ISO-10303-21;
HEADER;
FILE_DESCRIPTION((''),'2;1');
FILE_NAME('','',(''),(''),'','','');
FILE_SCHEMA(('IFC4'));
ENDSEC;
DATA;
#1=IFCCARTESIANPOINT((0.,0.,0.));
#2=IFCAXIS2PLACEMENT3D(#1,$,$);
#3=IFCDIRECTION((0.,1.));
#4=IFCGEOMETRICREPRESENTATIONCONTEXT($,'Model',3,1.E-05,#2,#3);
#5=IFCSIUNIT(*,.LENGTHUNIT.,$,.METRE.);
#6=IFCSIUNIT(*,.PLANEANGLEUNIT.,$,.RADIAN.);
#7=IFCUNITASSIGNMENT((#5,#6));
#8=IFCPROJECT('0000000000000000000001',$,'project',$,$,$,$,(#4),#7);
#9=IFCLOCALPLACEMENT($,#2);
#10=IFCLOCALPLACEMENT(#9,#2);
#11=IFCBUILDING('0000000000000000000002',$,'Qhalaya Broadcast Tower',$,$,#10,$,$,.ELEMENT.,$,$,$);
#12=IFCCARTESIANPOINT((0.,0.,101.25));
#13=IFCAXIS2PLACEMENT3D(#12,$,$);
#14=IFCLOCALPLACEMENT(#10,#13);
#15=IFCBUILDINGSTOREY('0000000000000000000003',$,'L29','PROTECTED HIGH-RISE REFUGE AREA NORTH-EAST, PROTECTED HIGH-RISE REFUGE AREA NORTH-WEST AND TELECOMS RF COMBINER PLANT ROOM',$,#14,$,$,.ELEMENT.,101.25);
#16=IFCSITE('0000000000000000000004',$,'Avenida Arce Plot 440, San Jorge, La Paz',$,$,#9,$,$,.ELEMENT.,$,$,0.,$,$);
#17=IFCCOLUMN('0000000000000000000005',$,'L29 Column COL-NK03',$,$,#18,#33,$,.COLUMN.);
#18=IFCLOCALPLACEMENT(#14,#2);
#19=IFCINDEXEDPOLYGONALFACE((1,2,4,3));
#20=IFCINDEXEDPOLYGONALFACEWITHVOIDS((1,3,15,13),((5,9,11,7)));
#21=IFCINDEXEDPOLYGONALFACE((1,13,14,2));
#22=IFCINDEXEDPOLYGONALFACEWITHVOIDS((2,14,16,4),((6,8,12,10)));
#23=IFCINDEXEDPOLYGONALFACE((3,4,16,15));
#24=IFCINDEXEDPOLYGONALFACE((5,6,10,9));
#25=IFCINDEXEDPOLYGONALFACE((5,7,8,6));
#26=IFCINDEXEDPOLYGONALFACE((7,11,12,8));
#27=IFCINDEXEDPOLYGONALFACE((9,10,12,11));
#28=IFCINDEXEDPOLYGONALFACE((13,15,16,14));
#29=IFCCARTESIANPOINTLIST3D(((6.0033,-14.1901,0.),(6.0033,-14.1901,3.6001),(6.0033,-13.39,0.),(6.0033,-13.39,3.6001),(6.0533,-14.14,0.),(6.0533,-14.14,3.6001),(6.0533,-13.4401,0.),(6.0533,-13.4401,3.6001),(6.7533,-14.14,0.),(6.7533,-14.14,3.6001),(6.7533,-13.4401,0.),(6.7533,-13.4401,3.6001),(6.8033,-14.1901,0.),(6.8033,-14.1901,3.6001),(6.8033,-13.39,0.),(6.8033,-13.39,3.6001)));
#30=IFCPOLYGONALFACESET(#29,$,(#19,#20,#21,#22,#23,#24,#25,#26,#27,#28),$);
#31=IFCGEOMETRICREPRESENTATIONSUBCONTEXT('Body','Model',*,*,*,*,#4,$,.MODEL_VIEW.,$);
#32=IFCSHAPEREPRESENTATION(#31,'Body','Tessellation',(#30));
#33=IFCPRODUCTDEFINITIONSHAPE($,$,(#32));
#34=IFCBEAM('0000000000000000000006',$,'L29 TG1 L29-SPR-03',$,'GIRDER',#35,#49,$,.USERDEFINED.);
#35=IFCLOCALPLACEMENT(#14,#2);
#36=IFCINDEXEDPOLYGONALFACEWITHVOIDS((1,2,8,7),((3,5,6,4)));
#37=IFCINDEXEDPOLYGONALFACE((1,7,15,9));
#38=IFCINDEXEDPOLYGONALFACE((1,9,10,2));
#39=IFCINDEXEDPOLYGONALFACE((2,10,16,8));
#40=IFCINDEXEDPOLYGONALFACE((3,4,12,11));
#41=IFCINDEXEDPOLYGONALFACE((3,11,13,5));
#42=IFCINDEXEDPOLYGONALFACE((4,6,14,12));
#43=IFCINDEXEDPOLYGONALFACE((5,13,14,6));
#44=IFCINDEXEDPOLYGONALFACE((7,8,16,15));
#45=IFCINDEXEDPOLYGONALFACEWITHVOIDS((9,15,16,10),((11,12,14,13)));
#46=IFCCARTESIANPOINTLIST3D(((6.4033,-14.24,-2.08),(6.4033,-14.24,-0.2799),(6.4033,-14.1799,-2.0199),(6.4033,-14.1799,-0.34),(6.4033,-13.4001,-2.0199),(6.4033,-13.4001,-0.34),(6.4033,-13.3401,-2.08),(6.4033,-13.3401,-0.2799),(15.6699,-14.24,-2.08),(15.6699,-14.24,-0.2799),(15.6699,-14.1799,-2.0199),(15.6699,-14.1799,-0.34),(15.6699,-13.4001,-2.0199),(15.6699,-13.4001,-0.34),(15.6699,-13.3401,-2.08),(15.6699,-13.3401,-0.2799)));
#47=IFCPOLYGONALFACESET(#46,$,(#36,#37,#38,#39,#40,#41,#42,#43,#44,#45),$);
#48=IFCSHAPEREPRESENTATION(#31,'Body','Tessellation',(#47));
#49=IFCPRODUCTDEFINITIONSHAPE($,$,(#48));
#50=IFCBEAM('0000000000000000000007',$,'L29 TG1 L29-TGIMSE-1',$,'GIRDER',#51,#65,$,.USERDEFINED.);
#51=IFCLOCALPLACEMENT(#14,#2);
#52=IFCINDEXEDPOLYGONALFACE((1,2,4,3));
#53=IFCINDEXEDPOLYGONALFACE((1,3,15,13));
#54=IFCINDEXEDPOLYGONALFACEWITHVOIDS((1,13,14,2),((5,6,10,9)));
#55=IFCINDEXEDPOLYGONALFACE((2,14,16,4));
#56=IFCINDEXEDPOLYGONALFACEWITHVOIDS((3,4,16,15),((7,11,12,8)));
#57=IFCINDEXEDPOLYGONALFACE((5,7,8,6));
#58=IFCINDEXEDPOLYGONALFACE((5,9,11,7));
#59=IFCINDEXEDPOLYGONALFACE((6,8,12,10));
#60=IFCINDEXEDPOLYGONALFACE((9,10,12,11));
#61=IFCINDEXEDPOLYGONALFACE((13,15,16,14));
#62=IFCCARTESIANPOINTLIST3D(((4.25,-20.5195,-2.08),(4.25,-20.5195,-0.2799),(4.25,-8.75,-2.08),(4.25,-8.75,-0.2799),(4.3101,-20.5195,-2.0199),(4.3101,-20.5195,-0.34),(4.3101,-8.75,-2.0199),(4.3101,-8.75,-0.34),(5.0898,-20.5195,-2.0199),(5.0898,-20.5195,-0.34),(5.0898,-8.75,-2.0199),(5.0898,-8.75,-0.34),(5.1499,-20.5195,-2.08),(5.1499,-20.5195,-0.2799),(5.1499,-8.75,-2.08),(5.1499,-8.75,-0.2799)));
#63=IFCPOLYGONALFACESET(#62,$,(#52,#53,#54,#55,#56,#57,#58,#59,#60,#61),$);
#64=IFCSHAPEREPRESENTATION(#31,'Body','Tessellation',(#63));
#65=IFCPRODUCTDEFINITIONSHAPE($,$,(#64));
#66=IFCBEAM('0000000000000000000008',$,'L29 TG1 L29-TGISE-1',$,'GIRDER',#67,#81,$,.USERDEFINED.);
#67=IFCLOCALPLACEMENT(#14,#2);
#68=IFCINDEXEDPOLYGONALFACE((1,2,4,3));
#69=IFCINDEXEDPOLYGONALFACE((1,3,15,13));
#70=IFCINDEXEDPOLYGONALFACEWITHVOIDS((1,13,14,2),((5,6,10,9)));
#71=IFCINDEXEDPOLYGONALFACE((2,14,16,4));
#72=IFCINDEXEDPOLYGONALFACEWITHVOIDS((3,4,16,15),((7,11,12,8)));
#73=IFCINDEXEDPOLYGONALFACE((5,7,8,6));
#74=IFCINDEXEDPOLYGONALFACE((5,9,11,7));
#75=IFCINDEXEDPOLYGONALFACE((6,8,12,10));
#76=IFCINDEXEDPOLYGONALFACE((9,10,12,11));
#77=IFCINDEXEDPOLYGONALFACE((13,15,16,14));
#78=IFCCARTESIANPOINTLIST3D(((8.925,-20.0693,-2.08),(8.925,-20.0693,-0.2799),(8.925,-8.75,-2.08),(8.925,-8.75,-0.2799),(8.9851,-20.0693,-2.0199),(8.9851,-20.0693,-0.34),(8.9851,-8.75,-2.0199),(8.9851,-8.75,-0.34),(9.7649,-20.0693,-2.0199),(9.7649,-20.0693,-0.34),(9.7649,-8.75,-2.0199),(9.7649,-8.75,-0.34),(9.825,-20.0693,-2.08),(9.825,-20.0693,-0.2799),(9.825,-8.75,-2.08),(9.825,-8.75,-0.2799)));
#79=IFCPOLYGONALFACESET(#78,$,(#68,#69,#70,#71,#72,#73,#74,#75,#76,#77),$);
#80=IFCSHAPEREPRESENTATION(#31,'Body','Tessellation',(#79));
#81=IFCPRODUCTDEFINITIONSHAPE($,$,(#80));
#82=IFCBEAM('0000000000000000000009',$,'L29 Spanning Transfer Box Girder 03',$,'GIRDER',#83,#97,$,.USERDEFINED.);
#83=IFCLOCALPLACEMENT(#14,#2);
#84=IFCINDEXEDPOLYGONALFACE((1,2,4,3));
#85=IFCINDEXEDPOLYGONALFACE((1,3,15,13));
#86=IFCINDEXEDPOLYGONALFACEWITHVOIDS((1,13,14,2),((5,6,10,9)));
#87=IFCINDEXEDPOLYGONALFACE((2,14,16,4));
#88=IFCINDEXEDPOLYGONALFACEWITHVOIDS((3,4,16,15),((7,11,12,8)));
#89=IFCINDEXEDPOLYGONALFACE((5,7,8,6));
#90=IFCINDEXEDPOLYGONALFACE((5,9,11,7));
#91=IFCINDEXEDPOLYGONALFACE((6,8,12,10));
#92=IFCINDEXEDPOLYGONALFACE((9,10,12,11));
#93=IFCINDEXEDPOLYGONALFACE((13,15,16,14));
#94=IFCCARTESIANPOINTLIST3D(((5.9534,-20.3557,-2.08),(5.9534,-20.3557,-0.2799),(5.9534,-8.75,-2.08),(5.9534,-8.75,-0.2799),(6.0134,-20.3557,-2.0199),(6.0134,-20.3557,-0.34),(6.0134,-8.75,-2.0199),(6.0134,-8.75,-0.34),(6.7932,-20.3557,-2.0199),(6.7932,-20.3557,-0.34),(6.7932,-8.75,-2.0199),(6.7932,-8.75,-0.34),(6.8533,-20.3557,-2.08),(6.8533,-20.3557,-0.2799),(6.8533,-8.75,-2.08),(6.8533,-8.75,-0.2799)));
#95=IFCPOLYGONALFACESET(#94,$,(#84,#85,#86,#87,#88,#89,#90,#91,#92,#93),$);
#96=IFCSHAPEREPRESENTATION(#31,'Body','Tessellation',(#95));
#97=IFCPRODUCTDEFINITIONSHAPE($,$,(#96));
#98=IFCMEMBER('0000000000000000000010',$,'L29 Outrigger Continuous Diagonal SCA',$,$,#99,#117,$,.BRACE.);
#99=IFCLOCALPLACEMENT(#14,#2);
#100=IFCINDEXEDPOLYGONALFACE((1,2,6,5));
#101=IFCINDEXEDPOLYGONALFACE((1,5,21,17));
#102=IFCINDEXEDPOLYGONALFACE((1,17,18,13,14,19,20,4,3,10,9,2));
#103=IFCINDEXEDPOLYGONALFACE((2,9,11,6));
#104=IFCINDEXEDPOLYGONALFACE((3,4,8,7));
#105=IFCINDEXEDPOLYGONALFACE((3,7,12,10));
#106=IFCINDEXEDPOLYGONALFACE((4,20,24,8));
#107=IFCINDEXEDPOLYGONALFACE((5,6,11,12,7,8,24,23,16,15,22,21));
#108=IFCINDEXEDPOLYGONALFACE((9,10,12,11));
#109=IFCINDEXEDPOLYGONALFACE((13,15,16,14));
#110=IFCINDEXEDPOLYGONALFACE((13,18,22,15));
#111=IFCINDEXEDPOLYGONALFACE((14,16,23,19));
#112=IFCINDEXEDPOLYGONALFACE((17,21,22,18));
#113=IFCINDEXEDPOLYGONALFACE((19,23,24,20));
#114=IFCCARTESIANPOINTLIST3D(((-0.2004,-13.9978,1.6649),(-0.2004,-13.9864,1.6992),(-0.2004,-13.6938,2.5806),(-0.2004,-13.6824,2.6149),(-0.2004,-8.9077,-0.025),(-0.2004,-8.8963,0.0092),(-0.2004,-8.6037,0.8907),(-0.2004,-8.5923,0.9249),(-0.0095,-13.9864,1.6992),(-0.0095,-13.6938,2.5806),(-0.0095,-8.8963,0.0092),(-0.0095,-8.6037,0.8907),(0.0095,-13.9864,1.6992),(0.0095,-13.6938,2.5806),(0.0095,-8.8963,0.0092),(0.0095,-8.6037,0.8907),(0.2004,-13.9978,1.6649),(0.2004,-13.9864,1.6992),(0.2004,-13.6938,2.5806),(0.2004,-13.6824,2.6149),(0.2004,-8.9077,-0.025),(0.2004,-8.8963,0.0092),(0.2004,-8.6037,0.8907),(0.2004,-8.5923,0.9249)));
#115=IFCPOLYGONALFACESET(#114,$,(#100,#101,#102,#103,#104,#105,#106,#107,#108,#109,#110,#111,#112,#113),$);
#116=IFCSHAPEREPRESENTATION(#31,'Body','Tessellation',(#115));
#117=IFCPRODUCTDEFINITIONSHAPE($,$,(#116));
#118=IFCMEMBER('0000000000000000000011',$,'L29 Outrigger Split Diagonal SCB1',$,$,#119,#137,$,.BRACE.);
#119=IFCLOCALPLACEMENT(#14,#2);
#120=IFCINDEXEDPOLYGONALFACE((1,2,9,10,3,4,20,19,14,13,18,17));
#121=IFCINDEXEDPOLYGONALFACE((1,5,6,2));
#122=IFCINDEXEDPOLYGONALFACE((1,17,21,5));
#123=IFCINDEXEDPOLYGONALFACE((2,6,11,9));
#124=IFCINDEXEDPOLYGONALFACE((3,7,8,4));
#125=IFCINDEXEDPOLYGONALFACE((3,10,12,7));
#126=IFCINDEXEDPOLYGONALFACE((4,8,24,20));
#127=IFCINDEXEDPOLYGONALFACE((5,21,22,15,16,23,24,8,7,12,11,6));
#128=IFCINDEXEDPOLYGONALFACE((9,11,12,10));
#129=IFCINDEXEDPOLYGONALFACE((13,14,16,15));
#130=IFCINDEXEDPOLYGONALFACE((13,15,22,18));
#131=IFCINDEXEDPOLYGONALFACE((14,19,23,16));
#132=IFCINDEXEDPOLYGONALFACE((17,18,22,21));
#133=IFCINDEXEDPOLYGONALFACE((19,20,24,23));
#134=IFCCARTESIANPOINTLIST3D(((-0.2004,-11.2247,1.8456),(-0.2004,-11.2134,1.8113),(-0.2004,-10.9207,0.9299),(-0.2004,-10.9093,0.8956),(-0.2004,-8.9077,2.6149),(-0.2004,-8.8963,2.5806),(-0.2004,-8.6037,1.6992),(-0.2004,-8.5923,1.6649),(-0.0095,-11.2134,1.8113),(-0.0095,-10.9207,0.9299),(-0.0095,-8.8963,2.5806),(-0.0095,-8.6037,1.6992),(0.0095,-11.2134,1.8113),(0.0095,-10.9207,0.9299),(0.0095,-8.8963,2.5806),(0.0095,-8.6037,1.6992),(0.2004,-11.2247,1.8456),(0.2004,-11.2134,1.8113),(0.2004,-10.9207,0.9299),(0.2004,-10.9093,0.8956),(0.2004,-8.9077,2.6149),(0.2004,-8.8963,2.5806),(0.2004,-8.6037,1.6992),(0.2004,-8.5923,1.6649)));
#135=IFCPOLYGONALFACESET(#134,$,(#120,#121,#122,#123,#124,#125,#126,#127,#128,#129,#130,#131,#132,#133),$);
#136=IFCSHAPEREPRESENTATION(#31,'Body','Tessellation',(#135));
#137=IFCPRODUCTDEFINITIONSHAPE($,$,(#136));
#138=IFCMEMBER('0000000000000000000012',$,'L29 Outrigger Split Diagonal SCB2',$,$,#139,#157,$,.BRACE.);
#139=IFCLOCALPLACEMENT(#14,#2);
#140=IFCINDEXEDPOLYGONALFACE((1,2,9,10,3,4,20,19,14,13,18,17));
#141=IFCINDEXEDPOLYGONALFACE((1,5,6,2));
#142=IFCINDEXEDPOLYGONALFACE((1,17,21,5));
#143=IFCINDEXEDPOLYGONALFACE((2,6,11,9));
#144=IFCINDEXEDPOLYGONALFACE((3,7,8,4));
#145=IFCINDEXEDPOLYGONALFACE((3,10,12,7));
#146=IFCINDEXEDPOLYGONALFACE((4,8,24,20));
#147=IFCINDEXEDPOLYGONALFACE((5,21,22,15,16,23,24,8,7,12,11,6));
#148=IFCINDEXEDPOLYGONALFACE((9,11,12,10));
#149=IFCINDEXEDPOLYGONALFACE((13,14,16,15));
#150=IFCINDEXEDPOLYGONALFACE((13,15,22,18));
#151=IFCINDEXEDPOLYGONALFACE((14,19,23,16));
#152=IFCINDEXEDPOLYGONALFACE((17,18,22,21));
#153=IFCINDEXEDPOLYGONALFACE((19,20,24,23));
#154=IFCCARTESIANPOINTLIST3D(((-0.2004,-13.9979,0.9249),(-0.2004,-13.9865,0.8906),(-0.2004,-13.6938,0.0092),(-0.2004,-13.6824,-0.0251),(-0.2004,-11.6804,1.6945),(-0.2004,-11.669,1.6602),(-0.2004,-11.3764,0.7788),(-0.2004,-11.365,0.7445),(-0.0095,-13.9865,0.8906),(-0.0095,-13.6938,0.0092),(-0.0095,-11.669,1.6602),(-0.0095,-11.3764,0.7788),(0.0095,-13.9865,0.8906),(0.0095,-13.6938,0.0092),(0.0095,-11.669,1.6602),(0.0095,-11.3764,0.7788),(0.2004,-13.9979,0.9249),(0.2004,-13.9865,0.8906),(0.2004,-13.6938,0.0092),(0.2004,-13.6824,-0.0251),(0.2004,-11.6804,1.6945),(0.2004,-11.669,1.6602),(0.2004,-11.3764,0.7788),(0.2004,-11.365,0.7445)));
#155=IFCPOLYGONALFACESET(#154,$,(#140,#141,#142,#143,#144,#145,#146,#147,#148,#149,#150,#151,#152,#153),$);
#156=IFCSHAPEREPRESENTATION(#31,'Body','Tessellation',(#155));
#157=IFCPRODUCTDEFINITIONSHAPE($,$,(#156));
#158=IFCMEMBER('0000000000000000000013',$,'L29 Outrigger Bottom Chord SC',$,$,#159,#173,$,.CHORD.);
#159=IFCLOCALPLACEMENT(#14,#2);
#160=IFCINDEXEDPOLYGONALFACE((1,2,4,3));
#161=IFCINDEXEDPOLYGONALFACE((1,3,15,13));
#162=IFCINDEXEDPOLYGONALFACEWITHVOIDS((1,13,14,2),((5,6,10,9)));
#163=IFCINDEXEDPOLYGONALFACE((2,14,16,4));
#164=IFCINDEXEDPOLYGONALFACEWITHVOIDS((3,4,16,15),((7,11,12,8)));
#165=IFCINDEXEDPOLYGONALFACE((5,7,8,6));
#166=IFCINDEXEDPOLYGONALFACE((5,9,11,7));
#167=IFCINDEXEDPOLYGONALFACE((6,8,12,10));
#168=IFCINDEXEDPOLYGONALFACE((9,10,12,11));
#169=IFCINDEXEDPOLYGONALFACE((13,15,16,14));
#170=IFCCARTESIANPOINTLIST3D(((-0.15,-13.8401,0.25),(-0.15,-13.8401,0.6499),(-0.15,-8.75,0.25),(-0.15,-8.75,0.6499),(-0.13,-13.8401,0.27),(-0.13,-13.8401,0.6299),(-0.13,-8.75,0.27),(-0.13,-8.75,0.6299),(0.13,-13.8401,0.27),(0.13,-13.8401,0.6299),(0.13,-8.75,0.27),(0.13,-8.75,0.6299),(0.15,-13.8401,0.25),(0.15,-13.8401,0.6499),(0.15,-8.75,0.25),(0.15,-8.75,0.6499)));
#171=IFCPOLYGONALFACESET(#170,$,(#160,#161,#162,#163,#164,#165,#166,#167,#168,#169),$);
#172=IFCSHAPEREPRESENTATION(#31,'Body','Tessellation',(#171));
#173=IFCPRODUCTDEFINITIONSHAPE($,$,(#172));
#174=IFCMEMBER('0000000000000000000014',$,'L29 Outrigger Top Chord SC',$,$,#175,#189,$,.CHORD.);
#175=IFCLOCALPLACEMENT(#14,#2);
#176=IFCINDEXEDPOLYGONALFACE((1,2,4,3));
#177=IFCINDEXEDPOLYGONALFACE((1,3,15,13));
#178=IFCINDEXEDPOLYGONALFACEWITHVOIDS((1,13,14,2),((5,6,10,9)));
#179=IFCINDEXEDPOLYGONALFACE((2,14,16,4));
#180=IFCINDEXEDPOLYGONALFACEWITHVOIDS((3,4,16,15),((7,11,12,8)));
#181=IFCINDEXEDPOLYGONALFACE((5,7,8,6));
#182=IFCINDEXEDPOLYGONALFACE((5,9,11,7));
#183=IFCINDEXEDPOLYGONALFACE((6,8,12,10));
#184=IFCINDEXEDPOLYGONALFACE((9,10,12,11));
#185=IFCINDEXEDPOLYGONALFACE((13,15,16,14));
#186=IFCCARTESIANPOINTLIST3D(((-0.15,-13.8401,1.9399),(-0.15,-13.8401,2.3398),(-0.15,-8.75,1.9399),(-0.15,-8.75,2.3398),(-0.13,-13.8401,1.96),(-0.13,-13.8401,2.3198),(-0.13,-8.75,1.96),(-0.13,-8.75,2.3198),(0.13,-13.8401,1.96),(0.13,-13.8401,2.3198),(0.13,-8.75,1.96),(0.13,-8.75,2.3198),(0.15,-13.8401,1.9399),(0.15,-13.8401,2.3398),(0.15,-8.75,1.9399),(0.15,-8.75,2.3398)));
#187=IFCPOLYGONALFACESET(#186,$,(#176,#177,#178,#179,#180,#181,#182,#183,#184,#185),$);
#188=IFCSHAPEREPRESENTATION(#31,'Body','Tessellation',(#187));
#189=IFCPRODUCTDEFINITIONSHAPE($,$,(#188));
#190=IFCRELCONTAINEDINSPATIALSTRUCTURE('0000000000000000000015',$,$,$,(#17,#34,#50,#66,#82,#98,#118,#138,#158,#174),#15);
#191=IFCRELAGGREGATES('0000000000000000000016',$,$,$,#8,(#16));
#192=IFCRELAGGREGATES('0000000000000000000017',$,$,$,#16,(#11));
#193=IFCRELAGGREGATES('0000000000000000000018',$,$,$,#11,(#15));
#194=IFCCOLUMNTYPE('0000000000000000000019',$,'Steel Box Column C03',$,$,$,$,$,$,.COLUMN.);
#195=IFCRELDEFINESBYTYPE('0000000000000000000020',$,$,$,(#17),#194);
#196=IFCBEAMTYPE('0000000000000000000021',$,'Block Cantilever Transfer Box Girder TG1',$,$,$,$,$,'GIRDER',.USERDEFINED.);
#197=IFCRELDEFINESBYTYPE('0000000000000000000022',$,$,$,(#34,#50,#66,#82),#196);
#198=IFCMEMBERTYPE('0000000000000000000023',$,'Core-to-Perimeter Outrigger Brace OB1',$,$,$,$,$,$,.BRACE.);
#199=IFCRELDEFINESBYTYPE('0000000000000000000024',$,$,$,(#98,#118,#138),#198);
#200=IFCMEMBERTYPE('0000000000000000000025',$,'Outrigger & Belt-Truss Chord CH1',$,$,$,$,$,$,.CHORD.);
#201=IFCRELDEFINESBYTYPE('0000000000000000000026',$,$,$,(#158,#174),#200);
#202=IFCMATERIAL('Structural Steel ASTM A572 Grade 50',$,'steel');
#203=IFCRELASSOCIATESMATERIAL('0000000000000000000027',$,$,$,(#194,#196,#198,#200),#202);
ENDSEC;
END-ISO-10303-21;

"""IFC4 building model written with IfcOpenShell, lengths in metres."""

from ifc_helpers import new_model, si_unit, direction, frame, origin, origin_2d, place, context, subcontext, project, spatial, hollow_rectangle, i_section, extrude, material, material_profile, profile_set, type_object, element, save


model = new_model("IFC4")

# Units and contexts
model_context = context("Model", 3, precision=1e-05, world=origin(), true_north=direction((0.0, 1.0)))
body_context = subcontext(model_context, "Body", "Model", "MODEL_VIEW")
ifc_project = project(units=[si_unit("LENGTHUNIT", "METRE"), si_unit("PLANEANGLEUNIT", "RADIAN")], contexts=[model_context])

# Site, building, storey
site_placement = place(None, origin())
site = spatial("IfcSite", under=ifc_project, at=site_placement, Name="Avenida Arce Plot 440, San Jorge, La Paz", CompositionType="ELEMENT", RefElevation=0.0)
building_placement = place(site_placement, origin())
building = spatial("IfcBuilding", under=site, at=building_placement, Name="Qhalaya Broadcast Tower", CompositionType="ELEMENT")
storey_placement = place(building_placement, frame((0.0, 0.0, 101.25)))
storey = spatial("IfcBuildingStorey", under=building, at=storey_placement, Name="L29", Description="PROTECTED HIGH-RISE REFUGE AREA NORTH-EAST, PROTECTED HIGH-RISE REFUGE AREA NORTH-WEST AND TELECOMS RF COMBINER PLANT ROOM", CompositionType="ELEMENT", Elevation=101.25)

# Column
ifc_material_1 = material(Name="Structural Steel ASTM A572 Grade 50", Category="steel")
ifc_material_profile_1 = material_profile(ifc_material_1, hollow_rectangle(XDim=0.8, YDim=0.8, WallThickness=0.05, at=origin_2d()), Name="BOX 800x800x50")
ifc_profile_set_1 = profile_set([ifc_material_profile_1], Name="Structural Steel ASTM A572 Grade 50")
column_type = type_object("IfcColumnType", Name="Steel Box Column C03", PredefinedType="COLUMN", material=ifc_profile_set_1)
column_placement = place(storey_placement, frame((6.4033, -13.79, 0.0), z_axis=(0.0, 0.0, 1.0), x_axis=(1.0, 0.0, 0.0)))
element("IfcColumn", 1, at=column_placement, inside=storey, type_object=column_type, Name="L29 Column COL-NK03", PredefinedType="COLUMN", context=body_context, shape_type="SweptSolid", body=[
    extrude(hollow_rectangle(XDim=0.8, YDim=0.8, WallThickness=0.05, at=origin_2d()), origin(), (0.0, 0.0, 1.0), 3.6001),
])

# Beams
ifc_material_profile_2 = material_profile(ifc_material_1, hollow_rectangle(XDim=0.8999, YDim=1.8, WallThickness=0.0601, at=origin_2d()), Name="BOX 900x1800x60")
ifc_profile_set_2 = profile_set([ifc_material_profile_2], Name="Structural Steel ASTM A572 Grade 50")
beam_type_1 = type_object("IfcBeamType", Name="Block Cantilever Transfer Box Girder TG1", ElementType="GIRDER", PredefinedType="USERDEFINED", material=ifc_profile_set_2)
beam_1_placement = place(storey_placement, frame((6.4033, -13.79, -1.1799), z_axis=(1.0, 0.0, 0.0), x_axis=(0.0, 1.0, 0.0)))
element("IfcBeam", 2, at=beam_1_placement, inside=storey, type_object=beam_type_1, Name="L29 TG1 L29-SPR-03", ObjectType="GIRDER", PredefinedType="USERDEFINED", context=body_context, shape_type="SweptSolid", body=[
    extrude(hollow_rectangle(XDim=0.8999, YDim=1.8, WallThickness=0.0601, at=origin_2d()), origin(), (0.0, 0.0, 1.0), 9.2666),
])
beam_2_placement = place(storey_placement, frame((4.7, -20.5195, -1.1799), z_axis=(0.0, 1.0, 0.0), x_axis=(-1.0, 0.0, 0.0)))
element("IfcBeam", 3, at=beam_2_placement, inside=storey, type_object=beam_type_1, Name="L29 TG1 L29-TGIMSE-1", ObjectType="GIRDER", PredefinedType="USERDEFINED", context=body_context, shape_type="SweptSolid", body=[
    extrude(hollow_rectangle(XDim=0.8999, YDim=1.8, WallThickness=0.0601, at=origin_2d()), origin(), (0.0, 0.0, 1.0), 11.7695),
])
beam_3_placement = place(storey_placement, frame((9.375, -20.0693, -1.1799), z_axis=(0.0, 1.0, 0.0), x_axis=(-1.0, 0.0, 0.0)))
element("IfcBeam", 4, at=beam_3_placement, inside=storey, type_object=beam_type_1, Name="L29 TG1 L29-TGISE-1", ObjectType="GIRDER", PredefinedType="USERDEFINED", context=body_context, shape_type="SweptSolid", body=[
    extrude(hollow_rectangle(XDim=0.8999, YDim=1.8, WallThickness=0.0601, at=origin_2d()), origin(), (0.0, 0.0, 1.0), 11.3193),
])
beam_4_placement = place(storey_placement, frame((6.4033, -20.3557, -1.1799), z_axis=(0.0, 1.0, 0.0), x_axis=(-1.0, 0.0, 0.0)))
element("IfcBeam", 5, at=beam_4_placement, inside=storey, type_object=beam_type_1, Name="L29 Spanning Transfer Box Girder 03", ObjectType="GIRDER", PredefinedType="USERDEFINED", context=body_context, shape_type="SweptSolid", body=[
    extrude(hollow_rectangle(XDim=0.8999, YDim=1.8, WallThickness=0.0601, at=origin_2d()), origin(), (0.0, 0.0, 1.0), 11.6057),
])

# Members
ifc_material_profile_3 = material_profile(ifc_material_1, i_section(OverallWidth=0.4009, OverallDepth=1.001, WebThickness=0.019, FlangeThickness=0.0361, at=origin_2d()), Name="W40X249")
ifc_profile_set_3 = profile_set([ifc_material_profile_3], Name="Structural Steel ASTM A572 Grade 50")
member_type_1 = type_object("IfcMemberType", Name="Core-to-Perimeter Outrigger Brace OB1", PredefinedType="BRACE", material=ifc_profile_set_3)
member_1_placement = place(storey_placement, frame((0.0, -8.75, 0.45), z_axis=(0.0, -0.94906, 0.315094), x_axis=(1.0, 0.0, 0.0)))
element("IfcMember", 6, at=member_1_placement, inside=storey, type_object=member_type_1, Name="L29 Outrigger Continuous Diagonal SCA", PredefinedType="BRACE", context=body_context, shape_type="SweptSolid", body=[
    extrude(i_section(OverallWidth=0.4009, OverallDepth=1.001, WebThickness=0.019, FlangeThickness=0.0361, at=origin_2d()), origin(), (0.0, 0.0, 1.0), 5.3633),
])
member_2_placement = place(storey_placement, frame((0.0, -8.75, 2.1399), z_axis=(0.0, -0.949063, -0.315088), x_axis=(1.0, 0.0, 0.0)))
element("IfcMember", 7, at=member_2_placement, inside=storey, type_object=member_type_1, Name="L29 Outrigger Split Diagonal SCB1", PredefinedType="BRACE", context=body_context, shape_type="SweptSolid", body=[
    extrude(i_section(OverallWidth=0.4009, OverallDepth=1.001, WebThickness=0.019, FlangeThickness=0.0361, at=origin_2d()), origin(), (0.0, 0.0, 1.0), 2.4414),
])
member_3_placement = place(storey_placement, frame((0.0, -11.5227, 1.2195), z_axis=(0.0, -0.949043, -0.315148), x_axis=(1.0, 0.0, 0.0)))
element("IfcMember", 8, at=member_3_placement, inside=storey, type_object=member_type_1, Name="L29 Outrigger Split Diagonal SCB2", PredefinedType="BRACE", context=body_context, shape_type="SweptSolid", body=[
    extrude(i_section(OverallWidth=0.4009, OverallDepth=1.001, WebThickness=0.019, FlangeThickness=0.0361, at=origin_2d()), origin(), (0.0, 0.0, 1.0), 2.4419),
])
ifc_material_profile_4 = material_profile(ifc_material_1, hollow_rectangle(XDim=0.3, YDim=0.3999, WallThickness=0.02, at=origin_2d()), Name="HSS 300x400x20")
ifc_profile_set_4 = profile_set([ifc_material_profile_4], Name="Structural Steel ASTM A572 Grade 50")
member_type_2 = type_object("IfcMemberType", Name="Outrigger & Belt-Truss Chord CH1", PredefinedType="CHORD", material=ifc_profile_set_4)
for number, where, z_axis, x_axis, name in (
    (9, (0.0, -8.75, 0.45), (0.0, -1.0, 0.0), (1.0, 0.0, 0.0), "L29 Outrigger Bottom Chord SC"),
    (10, (0.0, -8.75, 2.1399), (0.0, -1.0, 0.0), (1.0, 0.0, 0.0), "L29 Outrigger Top Chord SC"),
):
    element("IfcMember", number, at=place(storey_placement, frame(where, z_axis=z_axis, x_axis=x_axis)), inside=storey, type_object=member_type_2, Name=name, PredefinedType="CHORD", context=body_context, shape_type="SweptSolid", body=[
        extrude(hollow_rectangle(XDim=0.3, YDim=0.3999, WallThickness=0.02, at=origin_2d()), origin(), (0.0, 0.0, 1.0), 5.0901),
    ])

save(model, "model.ifc")
